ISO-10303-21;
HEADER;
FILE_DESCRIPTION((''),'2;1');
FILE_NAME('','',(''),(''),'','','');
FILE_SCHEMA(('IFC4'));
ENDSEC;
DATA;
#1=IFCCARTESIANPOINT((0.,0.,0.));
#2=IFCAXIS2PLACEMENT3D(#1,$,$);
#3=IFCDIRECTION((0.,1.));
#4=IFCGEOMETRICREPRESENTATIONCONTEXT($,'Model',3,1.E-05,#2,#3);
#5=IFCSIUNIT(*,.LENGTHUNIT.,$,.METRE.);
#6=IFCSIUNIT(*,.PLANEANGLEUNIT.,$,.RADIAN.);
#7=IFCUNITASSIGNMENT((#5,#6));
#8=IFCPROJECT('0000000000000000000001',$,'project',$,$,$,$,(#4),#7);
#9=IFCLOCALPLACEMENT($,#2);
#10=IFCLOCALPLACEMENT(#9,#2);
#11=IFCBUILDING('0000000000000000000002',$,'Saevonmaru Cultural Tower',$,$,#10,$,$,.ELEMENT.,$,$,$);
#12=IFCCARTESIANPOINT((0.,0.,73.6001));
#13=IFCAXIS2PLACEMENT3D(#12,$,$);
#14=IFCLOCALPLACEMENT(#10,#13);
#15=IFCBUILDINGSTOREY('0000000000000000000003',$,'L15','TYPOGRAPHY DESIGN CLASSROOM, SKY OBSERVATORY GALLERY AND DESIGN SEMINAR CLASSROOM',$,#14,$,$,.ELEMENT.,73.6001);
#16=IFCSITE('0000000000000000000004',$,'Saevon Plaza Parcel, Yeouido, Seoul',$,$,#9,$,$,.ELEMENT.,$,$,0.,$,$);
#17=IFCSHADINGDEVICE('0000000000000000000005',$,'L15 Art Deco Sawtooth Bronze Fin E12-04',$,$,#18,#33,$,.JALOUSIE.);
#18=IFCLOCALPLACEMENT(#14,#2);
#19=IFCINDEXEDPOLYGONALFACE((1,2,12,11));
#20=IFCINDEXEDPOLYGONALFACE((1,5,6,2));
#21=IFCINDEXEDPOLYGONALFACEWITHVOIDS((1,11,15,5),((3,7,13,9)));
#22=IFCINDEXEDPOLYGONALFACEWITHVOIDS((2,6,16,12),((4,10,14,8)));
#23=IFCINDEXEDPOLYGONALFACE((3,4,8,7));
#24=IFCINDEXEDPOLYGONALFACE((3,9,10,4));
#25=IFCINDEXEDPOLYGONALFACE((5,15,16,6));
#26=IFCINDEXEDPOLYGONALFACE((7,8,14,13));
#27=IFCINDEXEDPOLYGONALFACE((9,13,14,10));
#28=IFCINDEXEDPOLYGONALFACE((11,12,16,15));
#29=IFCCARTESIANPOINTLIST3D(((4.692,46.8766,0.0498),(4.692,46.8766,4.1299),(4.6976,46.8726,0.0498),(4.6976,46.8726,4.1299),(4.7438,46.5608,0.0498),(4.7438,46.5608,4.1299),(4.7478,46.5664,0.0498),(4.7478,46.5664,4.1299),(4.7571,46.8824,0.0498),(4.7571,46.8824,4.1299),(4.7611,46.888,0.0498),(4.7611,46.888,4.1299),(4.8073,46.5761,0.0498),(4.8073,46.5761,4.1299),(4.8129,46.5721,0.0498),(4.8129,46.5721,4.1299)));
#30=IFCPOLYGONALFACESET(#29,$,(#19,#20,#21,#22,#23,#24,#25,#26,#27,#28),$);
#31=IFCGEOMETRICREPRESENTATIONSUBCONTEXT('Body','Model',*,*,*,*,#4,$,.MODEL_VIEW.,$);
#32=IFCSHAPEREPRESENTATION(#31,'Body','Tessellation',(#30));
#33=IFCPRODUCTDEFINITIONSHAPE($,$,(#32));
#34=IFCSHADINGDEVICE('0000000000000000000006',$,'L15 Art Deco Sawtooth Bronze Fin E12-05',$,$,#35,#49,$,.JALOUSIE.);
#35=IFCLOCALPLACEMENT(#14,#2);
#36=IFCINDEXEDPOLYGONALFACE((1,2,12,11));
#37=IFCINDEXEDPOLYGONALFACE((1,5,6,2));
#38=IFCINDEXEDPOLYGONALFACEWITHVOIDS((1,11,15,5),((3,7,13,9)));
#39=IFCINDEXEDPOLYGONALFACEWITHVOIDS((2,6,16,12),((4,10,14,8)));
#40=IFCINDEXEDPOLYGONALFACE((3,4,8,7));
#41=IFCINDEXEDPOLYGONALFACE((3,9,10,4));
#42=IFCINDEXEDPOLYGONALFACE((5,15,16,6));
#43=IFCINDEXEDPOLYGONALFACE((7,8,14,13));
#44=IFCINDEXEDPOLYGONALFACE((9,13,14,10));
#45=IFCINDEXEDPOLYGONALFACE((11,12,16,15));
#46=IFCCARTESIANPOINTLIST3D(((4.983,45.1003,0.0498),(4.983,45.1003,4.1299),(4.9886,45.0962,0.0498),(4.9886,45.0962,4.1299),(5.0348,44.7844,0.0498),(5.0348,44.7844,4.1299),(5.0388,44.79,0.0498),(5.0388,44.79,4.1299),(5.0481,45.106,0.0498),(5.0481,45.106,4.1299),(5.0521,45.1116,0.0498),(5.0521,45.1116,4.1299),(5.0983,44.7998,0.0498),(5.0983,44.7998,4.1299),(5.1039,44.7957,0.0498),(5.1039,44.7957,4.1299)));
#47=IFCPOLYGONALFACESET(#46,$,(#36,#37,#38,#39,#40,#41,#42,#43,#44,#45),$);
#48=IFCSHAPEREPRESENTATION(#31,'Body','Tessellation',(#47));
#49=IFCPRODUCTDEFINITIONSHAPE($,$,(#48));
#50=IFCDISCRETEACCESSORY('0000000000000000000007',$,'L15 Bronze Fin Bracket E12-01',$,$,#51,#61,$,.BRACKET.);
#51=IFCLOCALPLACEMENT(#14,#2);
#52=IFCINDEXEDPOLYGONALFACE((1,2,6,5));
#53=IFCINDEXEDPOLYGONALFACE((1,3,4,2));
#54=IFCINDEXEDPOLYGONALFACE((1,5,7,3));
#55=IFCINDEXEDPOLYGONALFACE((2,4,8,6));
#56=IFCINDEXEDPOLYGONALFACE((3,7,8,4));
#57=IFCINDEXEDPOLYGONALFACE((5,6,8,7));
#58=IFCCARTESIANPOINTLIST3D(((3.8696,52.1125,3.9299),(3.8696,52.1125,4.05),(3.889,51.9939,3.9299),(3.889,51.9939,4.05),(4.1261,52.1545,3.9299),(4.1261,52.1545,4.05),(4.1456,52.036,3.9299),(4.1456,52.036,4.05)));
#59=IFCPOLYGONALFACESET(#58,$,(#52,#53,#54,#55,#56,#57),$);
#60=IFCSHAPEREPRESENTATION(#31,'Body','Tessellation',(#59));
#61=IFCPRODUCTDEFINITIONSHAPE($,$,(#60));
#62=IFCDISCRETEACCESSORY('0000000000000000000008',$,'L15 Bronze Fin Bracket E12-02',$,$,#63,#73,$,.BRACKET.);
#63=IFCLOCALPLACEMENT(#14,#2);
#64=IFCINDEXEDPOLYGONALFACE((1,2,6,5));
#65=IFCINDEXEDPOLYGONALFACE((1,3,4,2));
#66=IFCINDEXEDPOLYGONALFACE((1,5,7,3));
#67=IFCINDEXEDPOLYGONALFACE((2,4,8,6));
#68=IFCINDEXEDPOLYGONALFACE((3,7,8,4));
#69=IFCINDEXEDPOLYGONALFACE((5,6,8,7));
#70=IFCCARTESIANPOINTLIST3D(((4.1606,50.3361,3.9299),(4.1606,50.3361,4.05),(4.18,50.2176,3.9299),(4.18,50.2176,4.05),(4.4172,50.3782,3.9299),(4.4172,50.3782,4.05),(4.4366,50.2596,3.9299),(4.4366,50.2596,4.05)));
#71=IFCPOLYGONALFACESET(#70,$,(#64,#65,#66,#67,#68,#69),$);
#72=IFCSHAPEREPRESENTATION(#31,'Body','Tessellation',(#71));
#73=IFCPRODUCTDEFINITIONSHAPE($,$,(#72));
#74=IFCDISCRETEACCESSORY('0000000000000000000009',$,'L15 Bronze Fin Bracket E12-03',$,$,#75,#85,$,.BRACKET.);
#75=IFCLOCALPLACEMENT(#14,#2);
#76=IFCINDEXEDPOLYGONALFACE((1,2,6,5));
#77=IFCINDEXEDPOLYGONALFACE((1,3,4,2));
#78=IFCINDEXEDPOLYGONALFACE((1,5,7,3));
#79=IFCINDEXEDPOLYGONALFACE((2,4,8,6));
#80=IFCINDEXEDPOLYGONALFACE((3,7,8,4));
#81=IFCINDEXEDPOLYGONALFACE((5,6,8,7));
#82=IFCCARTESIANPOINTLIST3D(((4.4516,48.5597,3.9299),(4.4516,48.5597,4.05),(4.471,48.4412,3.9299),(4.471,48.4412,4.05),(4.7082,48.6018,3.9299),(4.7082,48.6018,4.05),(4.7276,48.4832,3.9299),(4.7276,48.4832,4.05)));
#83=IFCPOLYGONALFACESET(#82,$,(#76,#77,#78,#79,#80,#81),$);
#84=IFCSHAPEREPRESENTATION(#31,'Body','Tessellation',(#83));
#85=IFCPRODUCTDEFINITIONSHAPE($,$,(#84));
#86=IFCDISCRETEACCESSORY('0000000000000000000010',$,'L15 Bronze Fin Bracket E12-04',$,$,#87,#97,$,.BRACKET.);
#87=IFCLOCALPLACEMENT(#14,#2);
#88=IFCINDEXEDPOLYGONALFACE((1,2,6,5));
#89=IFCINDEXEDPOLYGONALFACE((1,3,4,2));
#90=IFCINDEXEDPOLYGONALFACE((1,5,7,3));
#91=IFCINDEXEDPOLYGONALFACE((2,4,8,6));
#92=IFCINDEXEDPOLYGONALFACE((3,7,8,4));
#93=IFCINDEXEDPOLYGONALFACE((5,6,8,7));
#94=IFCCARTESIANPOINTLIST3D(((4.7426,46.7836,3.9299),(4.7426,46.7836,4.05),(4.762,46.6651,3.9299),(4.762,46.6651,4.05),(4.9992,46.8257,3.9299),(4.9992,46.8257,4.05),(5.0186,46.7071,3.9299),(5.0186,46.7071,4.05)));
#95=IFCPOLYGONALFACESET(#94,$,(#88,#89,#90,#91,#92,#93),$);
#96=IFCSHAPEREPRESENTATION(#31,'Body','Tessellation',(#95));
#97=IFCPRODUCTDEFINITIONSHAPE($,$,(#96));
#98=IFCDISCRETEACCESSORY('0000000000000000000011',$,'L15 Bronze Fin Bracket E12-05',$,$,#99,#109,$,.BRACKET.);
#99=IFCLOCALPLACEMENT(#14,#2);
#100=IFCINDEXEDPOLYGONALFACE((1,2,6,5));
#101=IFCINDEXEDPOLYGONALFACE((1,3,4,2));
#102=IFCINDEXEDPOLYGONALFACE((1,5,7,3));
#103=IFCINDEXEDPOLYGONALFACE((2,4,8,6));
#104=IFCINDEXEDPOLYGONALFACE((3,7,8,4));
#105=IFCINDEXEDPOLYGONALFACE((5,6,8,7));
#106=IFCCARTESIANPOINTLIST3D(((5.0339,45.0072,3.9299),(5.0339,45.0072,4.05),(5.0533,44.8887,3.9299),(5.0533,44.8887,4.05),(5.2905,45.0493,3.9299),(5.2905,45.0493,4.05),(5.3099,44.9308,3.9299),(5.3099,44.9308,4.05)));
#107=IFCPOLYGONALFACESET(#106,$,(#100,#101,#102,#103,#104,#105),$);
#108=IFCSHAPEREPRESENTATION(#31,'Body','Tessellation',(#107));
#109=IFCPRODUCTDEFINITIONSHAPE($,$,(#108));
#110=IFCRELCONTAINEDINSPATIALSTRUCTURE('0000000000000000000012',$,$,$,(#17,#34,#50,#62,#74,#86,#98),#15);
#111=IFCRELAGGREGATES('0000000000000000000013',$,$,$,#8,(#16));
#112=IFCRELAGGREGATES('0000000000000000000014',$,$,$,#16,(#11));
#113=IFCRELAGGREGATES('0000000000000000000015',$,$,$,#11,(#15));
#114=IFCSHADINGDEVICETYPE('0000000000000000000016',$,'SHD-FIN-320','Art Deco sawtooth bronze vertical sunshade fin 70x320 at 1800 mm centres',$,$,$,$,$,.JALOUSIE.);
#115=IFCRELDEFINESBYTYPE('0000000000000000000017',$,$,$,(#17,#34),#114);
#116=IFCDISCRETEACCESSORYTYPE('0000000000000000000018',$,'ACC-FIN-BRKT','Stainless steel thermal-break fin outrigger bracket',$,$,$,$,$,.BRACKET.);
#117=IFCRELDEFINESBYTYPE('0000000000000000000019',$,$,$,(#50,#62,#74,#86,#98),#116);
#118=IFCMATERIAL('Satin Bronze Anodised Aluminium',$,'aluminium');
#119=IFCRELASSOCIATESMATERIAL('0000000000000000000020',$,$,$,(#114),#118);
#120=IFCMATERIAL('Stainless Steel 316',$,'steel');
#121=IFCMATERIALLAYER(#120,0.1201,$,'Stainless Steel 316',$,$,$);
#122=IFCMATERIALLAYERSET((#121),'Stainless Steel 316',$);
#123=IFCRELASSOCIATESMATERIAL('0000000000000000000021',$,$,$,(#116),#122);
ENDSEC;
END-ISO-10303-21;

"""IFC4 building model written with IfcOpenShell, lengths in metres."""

from ifc_helpers import new_model, si_unit, direction, frame, origin, origin_2d, place, context, subcontext, project, spatial, rectangle, hollow_rectangle, extrude, material, layer, layer_set, material_profile, profile_set, type_object, element, save


model = new_model("IFC4")

# Units and contexts
model_context = context("Model", 3, precision=1e-05, world=origin(), true_north=direction((0.0, 1.0)))
body_context = subcontext(model_context, "Body", "Model", "MODEL_VIEW")
ifc_project = project(units=[si_unit("LENGTHUNIT", "METRE"), si_unit("PLANEANGLEUNIT", "RADIAN")], contexts=[model_context])

# Site, building, storey
site_placement = place(None, origin())
site = spatial("IfcSite", under=ifc_project, at=site_placement, Name="Saevon Plaza Parcel, Yeouido, Seoul", CompositionType="ELEMENT", RefElevation=0.0)
building_placement = place(site_placement, origin())
building = spatial("IfcBuilding", under=site, at=building_placement, Name="Saevonmaru Cultural Tower", CompositionType="ELEMENT")
storey_placement = place(building_placement, frame((0.0, 0.0, 73.6001)))
storey = spatial("IfcBuildingStorey", under=building, at=storey_placement, Name="L15", Description="TYPOGRAPHY DESIGN CLASSROOM, SKY OBSERVATORY GALLERY AND DESIGN SEMINAR CLASSROOM", CompositionType="ELEMENT", Elevation=73.6001)

# Shared definitions
ifc_material_1 = material(Name="Satin Bronze Anodised Aluminium", Category="aluminium")

# Shading devices
ifc_material_profile_1 = material_profile(ifc_material_1, hollow_rectangle(XDim=0.0701, YDim=0.3201, WallThickness=0.0049, at=origin_2d()), Name="FIN-320x70")
ifc_profile_set_1 = profile_set([ifc_material_profile_1], Name="Satin Bronze Anodised Aluminium")
shading_device_type = type_object("IfcShadingDeviceType", Name="SHD-FIN-320", Description="Art Deco sawtooth bronze vertical sunshade fin 70x320 at 1800 mm centres", PredefinedType="JALOUSIE", material=ifc_profile_set_1)
for number, where, z_axis, x_axis, name in (
    (1, (4.7524, 46.7244, 0.0498), (0.0, 0.0, 1.0), (-0.986827, -0.161776, 0.0), "L15 Art Deco Sawtooth Bronze Fin E12-04"),
    (2, (5.0435, 44.948, 0.0498), (0.0, 0.0, 1.0), (-0.986827, -0.161776, 0.0), "L15 Art Deco Sawtooth Bronze Fin E12-05"),
):
    element("IfcShadingDevice", number, at=place(storey_placement, frame(where, z_axis=z_axis, x_axis=x_axis)), inside=storey, type_object=shading_device_type, Name=name, PredefinedType="JALOUSIE", context=body_context, shape_type="SweptSolid", body=[
        extrude(hollow_rectangle(XDim=0.0701, YDim=0.3201, WallThickness=0.0049, at=origin_2d()), origin(), (0.0, 0.0, 1.0), 4.0801),
    ])

# Discrete accessories
ifc_material_2 = material(Name="Stainless Steel 316", Category="steel")
ifc_layer_1 = layer(ifc_material_2, 0.1201, Name="Stainless Steel 316")
ifc_layer_set_1 = layer_set([ifc_layer_1], Name="Stainless Steel 316")
discrete_accessory_type = type_object("IfcDiscreteAccessoryType", Name="ACC-FIN-BRKT", Description="Stainless steel thermal-break fin outrigger bracket", PredefinedType="BRACKET", material=ifc_layer_set_1)
for number, where, z_axis, x_axis, name in (
    (3, (4.0076, 52.0742, 3.9299), (0.0, 0.0, 1.0), (-0.986827, -0.161776, 0.0), "L15 Bronze Fin Bracket E12-01"),
    (4, (4.2986, 50.2979, 3.9299), (0.0, 0.0, 1.0), (-0.986827, -0.161776, 0.0), "L15 Bronze Fin Bracket E12-02"),
    (5, (4.5896, 48.5215, 3.9299), (0.0, 0.0, 1.0), (-0.986827, -0.161776, 0.0), "L15 Bronze Fin Bracket E12-03"),
    (6, (4.8806, 46.7454, 3.9299), (0.0, 0.0, 1.0), (-0.986827, -0.161776, 0.0), "L15 Bronze Fin Bracket E12-04"),
    (7, (5.1719, 44.969, 3.9299), (0.0, 0.0, 1.0), (-0.986827, -0.161776, 0.0), "L15 Bronze Fin Bracket E12-05"),
):
    element("IfcDiscreteAccessory", number, at=place(storey_placement, frame(where, z_axis=z_axis, x_axis=x_axis)), inside=storey, type_object=discrete_accessory_type, Name=name, PredefinedType="BRACKET", context=body_context, shape_type="SweptSolid", body=[
        extrude(rectangle(XDim=0.26, YDim=0.1201, at=origin_2d()), origin(), (0.0, 0.0, 1.0), 0.1201),
    ])

save(model, "model.ifc")
